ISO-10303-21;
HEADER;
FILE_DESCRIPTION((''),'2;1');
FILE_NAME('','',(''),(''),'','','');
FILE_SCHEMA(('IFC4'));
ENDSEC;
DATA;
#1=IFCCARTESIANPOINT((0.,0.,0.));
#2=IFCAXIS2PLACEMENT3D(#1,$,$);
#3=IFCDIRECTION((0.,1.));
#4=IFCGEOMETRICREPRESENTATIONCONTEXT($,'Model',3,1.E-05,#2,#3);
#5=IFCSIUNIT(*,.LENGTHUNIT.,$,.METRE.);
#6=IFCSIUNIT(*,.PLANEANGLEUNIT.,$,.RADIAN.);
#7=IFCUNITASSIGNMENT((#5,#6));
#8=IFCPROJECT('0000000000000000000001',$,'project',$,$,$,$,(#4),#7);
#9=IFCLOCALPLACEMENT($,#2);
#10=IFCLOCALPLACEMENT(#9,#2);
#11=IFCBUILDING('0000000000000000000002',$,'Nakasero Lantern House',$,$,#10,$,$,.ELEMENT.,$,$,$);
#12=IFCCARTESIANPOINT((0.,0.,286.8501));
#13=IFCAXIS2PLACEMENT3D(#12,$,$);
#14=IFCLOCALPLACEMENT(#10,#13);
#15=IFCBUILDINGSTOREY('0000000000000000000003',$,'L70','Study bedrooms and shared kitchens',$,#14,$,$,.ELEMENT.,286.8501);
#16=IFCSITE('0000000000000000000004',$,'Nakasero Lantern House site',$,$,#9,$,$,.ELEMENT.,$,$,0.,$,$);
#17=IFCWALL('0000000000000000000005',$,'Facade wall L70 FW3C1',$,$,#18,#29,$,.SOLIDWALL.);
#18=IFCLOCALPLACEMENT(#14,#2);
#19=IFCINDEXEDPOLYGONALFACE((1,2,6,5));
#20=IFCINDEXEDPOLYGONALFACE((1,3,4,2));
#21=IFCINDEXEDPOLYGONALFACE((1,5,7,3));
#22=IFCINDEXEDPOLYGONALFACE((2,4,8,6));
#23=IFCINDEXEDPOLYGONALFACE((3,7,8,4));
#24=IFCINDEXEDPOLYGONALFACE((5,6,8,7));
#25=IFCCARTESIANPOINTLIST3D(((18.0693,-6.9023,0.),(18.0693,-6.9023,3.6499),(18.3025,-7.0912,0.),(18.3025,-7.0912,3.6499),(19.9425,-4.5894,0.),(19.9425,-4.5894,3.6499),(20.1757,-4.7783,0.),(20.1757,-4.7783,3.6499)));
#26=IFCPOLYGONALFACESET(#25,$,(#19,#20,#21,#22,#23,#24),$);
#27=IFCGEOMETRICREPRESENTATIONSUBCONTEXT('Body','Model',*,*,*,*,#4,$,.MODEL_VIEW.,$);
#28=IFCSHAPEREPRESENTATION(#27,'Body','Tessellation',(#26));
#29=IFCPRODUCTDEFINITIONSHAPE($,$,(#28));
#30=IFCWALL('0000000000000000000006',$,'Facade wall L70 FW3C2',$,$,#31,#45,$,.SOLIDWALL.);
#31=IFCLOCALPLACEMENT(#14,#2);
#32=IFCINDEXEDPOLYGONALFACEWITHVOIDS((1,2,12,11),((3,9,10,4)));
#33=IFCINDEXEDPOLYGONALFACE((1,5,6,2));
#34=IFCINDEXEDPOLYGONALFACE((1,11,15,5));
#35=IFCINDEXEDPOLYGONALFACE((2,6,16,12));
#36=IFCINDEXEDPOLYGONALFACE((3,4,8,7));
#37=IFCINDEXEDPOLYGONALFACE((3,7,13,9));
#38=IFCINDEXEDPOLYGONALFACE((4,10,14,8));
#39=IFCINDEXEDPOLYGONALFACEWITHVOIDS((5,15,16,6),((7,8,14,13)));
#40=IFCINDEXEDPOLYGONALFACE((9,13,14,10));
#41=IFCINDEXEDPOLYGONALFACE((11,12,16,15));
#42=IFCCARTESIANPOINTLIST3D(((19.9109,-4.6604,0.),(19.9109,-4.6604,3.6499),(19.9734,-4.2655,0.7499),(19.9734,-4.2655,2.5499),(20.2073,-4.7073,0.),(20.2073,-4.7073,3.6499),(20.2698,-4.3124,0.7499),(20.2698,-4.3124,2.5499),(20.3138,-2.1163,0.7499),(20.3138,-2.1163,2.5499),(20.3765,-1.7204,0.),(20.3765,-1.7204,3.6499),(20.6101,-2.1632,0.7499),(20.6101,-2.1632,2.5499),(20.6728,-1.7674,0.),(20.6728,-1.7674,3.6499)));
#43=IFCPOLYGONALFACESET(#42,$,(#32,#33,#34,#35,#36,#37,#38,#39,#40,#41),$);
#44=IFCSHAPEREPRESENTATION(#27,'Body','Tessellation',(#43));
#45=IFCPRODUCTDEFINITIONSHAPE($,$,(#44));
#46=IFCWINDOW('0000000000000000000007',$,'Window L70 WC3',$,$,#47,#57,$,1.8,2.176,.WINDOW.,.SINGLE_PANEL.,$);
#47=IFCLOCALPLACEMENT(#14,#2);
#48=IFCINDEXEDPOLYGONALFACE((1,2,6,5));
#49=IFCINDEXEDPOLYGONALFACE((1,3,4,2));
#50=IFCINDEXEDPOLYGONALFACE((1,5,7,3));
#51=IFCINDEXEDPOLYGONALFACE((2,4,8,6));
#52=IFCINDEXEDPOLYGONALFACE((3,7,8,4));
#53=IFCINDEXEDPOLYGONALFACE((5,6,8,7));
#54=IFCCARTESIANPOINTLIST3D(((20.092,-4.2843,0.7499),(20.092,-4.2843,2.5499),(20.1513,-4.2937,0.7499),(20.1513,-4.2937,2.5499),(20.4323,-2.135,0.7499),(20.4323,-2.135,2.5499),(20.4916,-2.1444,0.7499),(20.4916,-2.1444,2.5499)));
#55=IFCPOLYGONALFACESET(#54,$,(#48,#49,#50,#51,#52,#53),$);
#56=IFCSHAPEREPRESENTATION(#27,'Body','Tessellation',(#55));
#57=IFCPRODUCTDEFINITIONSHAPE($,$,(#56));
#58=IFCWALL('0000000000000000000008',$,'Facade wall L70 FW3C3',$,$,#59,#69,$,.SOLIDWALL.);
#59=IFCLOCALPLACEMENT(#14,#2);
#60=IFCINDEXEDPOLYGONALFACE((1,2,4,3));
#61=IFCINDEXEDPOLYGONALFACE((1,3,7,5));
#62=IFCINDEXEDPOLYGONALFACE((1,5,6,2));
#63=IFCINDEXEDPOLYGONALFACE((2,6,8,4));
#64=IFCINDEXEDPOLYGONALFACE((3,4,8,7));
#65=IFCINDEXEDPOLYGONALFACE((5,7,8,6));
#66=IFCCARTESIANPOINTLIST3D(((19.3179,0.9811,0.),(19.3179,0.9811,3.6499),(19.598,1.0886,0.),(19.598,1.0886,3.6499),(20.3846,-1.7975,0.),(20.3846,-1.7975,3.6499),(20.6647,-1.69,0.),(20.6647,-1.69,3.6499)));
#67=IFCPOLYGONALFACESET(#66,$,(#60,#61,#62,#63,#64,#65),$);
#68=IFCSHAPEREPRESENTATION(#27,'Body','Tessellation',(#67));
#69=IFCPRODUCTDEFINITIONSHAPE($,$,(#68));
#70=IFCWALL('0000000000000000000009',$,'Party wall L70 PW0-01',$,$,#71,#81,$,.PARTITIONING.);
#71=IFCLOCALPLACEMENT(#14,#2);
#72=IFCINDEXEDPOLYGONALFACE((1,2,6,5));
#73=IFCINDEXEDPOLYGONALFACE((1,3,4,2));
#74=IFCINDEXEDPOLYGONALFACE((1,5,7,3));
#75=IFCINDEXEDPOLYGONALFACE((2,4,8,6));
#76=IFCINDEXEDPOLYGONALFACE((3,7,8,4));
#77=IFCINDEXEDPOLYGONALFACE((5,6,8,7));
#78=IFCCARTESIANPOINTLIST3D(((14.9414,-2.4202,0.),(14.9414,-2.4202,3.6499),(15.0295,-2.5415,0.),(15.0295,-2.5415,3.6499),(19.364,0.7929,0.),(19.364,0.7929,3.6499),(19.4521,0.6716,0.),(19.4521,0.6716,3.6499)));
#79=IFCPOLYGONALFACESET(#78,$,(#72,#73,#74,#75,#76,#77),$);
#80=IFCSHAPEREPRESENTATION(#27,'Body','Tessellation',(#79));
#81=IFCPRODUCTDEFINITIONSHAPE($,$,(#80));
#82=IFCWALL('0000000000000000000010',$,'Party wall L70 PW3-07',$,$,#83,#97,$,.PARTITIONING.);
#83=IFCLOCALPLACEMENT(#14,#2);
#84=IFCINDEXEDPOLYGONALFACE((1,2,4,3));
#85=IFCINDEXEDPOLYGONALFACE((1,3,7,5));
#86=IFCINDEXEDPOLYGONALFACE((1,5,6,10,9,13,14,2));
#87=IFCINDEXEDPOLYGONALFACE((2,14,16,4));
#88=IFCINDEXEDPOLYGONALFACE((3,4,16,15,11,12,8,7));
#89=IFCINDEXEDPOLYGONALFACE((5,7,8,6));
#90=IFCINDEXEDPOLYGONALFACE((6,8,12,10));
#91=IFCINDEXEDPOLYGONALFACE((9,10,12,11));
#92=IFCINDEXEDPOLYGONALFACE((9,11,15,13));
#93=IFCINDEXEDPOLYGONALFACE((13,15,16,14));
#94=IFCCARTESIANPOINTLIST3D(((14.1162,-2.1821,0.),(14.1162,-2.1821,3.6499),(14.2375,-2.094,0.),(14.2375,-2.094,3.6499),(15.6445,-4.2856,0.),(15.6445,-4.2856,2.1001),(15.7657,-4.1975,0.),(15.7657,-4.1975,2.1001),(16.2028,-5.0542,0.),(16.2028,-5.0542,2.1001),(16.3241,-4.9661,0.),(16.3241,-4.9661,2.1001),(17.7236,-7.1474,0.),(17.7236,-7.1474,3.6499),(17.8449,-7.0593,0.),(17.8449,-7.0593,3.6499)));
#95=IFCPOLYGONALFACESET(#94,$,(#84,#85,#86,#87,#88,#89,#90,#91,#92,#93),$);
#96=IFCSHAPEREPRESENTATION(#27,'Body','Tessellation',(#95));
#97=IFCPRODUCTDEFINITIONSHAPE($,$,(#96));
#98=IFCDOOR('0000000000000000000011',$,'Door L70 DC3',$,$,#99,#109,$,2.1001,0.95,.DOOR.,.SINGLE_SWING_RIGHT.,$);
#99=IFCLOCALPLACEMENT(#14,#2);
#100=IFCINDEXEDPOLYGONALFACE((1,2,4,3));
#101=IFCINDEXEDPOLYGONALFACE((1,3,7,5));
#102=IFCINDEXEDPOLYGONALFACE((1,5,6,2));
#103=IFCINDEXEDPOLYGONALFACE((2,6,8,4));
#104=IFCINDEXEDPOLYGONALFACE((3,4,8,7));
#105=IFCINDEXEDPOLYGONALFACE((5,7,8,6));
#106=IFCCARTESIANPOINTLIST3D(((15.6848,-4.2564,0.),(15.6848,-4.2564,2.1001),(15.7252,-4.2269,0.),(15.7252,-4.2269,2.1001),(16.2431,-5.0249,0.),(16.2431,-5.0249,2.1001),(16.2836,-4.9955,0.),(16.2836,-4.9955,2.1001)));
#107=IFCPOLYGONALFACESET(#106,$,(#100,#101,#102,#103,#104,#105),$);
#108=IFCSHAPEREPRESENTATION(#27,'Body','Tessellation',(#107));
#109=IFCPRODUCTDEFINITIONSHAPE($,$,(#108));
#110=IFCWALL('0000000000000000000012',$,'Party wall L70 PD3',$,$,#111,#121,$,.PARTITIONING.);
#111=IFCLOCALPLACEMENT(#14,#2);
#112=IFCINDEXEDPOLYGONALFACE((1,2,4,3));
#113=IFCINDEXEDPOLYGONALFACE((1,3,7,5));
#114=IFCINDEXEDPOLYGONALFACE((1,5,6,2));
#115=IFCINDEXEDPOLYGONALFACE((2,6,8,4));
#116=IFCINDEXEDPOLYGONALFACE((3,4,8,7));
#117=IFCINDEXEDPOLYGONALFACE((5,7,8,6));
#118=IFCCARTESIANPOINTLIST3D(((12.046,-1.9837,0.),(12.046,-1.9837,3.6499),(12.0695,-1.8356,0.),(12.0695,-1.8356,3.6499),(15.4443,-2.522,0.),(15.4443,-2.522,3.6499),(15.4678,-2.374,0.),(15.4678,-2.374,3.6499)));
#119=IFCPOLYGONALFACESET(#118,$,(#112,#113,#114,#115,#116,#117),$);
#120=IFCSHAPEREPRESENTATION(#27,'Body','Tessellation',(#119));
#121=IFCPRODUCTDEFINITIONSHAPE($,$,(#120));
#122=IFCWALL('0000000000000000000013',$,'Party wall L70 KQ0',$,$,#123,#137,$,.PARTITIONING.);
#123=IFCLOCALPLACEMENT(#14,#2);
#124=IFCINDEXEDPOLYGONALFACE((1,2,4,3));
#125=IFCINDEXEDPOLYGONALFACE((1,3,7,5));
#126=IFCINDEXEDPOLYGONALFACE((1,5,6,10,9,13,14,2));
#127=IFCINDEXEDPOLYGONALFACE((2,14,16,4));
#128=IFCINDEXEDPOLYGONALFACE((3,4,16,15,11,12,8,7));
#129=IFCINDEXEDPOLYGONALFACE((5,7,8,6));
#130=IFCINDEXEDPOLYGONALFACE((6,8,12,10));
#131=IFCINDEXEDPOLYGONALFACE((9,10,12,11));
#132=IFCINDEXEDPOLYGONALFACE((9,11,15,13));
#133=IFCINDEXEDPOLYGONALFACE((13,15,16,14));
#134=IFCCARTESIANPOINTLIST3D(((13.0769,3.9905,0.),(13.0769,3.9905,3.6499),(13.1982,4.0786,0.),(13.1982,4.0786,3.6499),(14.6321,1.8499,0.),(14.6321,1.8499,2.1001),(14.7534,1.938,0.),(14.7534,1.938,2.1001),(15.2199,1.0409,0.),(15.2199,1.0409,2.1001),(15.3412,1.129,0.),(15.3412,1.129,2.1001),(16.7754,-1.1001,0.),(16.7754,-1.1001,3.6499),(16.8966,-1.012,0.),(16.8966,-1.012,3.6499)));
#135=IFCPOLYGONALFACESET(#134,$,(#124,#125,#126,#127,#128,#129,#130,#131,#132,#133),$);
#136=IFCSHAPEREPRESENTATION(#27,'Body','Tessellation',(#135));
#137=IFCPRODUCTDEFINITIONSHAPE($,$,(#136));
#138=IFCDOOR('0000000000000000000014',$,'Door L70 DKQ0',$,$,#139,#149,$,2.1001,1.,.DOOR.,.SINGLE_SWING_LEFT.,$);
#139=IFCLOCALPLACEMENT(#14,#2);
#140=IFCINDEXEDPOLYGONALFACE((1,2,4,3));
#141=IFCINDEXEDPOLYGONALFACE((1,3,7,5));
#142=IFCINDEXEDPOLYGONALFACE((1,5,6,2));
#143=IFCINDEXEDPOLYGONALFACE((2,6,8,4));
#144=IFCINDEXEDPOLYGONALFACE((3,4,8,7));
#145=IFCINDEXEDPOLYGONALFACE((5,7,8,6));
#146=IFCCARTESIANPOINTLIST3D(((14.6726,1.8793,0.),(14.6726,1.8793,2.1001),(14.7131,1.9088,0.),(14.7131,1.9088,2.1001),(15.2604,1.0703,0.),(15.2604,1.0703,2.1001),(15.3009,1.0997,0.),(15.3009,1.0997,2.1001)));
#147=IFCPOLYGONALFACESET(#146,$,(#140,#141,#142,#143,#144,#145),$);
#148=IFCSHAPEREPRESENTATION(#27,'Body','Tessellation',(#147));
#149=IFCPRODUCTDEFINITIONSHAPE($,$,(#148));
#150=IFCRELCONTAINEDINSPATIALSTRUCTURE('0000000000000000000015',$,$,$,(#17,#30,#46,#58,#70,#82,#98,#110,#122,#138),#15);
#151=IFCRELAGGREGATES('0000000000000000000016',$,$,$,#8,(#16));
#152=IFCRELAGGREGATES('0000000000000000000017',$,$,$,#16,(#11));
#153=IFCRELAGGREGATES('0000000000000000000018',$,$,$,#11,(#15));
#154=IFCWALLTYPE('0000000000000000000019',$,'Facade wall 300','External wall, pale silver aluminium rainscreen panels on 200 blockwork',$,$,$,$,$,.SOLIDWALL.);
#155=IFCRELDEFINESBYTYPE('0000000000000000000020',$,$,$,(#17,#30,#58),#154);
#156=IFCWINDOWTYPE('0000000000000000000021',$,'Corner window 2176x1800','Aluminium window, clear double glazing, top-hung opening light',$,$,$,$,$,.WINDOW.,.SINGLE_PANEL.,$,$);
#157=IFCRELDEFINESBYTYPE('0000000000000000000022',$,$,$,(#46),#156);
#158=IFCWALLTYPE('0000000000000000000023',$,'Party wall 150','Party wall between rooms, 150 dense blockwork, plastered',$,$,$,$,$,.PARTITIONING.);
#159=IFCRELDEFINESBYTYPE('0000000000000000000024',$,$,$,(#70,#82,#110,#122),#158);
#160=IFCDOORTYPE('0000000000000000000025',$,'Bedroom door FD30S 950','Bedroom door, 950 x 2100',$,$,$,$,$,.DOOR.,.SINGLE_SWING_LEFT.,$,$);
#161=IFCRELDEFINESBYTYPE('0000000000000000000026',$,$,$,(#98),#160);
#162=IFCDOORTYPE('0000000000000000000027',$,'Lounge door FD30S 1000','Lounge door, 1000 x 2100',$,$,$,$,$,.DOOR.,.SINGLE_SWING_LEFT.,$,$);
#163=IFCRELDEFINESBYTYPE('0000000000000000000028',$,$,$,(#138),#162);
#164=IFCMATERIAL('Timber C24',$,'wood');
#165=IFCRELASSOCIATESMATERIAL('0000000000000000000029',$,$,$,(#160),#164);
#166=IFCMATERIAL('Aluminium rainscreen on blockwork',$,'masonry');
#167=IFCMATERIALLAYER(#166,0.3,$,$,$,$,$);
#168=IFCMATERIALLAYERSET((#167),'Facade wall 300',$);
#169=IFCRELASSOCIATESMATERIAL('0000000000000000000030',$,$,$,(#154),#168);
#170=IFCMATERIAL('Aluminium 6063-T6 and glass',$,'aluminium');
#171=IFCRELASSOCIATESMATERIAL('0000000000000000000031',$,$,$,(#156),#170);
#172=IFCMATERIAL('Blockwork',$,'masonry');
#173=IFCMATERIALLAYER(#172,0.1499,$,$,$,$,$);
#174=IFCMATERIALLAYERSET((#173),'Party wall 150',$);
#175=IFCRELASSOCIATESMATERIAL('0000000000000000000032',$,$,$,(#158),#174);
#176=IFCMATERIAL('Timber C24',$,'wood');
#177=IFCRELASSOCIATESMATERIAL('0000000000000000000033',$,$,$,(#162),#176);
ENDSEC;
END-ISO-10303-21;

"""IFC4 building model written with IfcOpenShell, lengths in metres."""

from ifc_helpers import new_model, si_unit, direction, frame, frame_2d, origin, place, context, subcontext, project, spatial, rectangle, extrude, material, layer, layer_set, type_object, element, fill, save


model = new_model("IFC4")

# Units and contexts
model_context = context("Model", 3, precision=1e-05, world=origin(), true_north=direction((0.0, 1.0)))
body_context = subcontext(model_context, "Body", "Model", "MODEL_VIEW")
ifc_project = project(units=[si_unit("LENGTHUNIT", "METRE"), si_unit("PLANEANGLEUNIT", "RADIAN")], contexts=[model_context])

# Site, building, storey
site_placement = place(None, origin())
site = spatial("IfcSite", under=ifc_project, at=site_placement, Name="Nakasero Lantern House site", CompositionType="ELEMENT", RefElevation=0.0)
building_placement = place(site_placement, origin())
building = spatial("IfcBuilding", under=site, at=building_placement, Name="Nakasero Lantern House", CompositionType="ELEMENT")
storey_placement = place(building_placement, frame((0.0, 0.0, 286.8501)))
storey = spatial("IfcBuildingStorey", under=building, at=storey_placement, Name="L70", Description="Study bedrooms and shared kitchens", CompositionType="ELEMENT", Elevation=286.8501)

# Shared definitions
ifc_material_1 = material(Name="Timber C24", Category="wood")
door_type_1 = type_object("IfcDoorType", Name="Bedroom door FD30S 950", Description="Bedroom door, 950 x 2100", OperationType="SINGLE_SWING_LEFT", PredefinedType="DOOR", material=ifc_material_1)

# Wall
ifc_material_2 = material(Name="Aluminium rainscreen on blockwork", Category="masonry")
ifc_layer_1 = layer(ifc_material_2, 0.3)
ifc_layer_set_1 = layer_set([ifc_layer_1], Name="Facade wall 300")
wall_type_1 = type_object("IfcWallType", Name="Facade wall 300", Description="External wall, pale silver aluminium rainscreen panels on 200 blockwork", PredefinedType="SOLIDWALL", material=ifc_layer_set_1)
wall_1_placement = place(storey_placement, frame((18.1858, -6.9968, 0.0), z_axis=(0.0, 0.0, 1.0), x_axis=(0.629375, 0.777102, 0.0)))
element("IfcWall", 1, at=wall_1_placement, inside=storey, type_object=wall_type_1, Name="Facade wall L70 FW3C1", PredefinedType="SOLIDWALL", context=body_context, shape_type="SweptSolid", body=[
    extrude(rectangle(XDim=2.9763, YDim=0.3, at=frame_2d((1.4883, 0.0))), origin(), (0.0, 0.0, 1.0), 3.6499),
])

# Wall, opening, window
wall_2_placement = place(storey_placement, frame((20.0591, -4.6838, 0.0), z_axis=(0.0, 0.0, 1.0), x_axis=(0.156413, 0.987692, 0.0)))
wall_2 = element("IfcWall", 2, at=wall_2_placement, inside=storey, type_object=wall_type_1, Name="Facade wall L70 FW3C2", PredefinedType="SOLIDWALL", context=body_context, shape_type="SweptSolid", body=[
    extrude(rectangle(XDim=2.9766, YDim=0.3, at=frame_2d((1.4883, 0.0))), origin(), (0.0, 0.0, 1.0), 3.6499),
])
opening_1_placement = place(wall_2_placement, frame((0.3999, 0.0, 0.75)))
opening_1 = element("IfcOpeningElement", 3, at=opening_1_placement, cuts=wall_2, PredefinedType="OPENING", context=body_context, shape_type="SweptSolid", body=[
    extrude(rectangle(XDim=2.176, YDim=1.8, at=frame_2d((1.0879, 0.8999))), frame((0.0, 0.1699, 0.0), z_axis=(0.0, -1.0, 0.0), x_axis=(1.0, 0.0, 0.0)), (0.0, 0.0, 1.0), 0.3401),
])
ifc_material_3 = material(Name="Aluminium 6063-T6 and glass", Category="aluminium")
window_type = type_object("IfcWindowType", Name="Corner window 2176x1800", Description="Aluminium window, clear double glazing, top-hung opening light", PartitioningType="SINGLE_PANEL", PredefinedType="WINDOW", material=ifc_material_3)
window_placement = place(opening_1_placement, origin())
window = element("IfcWindow", 4, at=window_placement, inside=storey, type_object=window_type, Name="Window L70 WC3", OverallHeight=1.8, OverallWidth=2.176, PartitioningType="SINGLE_PANEL", PredefinedType="WINDOW", context=body_context, shape_type="SweptSolid", body=[
    extrude(rectangle(XDim=2.176, YDim=1.8, at=frame_2d((1.0879, 0.8999))), frame((0.0, 0.03, 0.0), z_axis=(0.0, -1.0, 0.0), x_axis=(1.0, 0.0, 0.0)), (0.0, 0.0, 1.0), 0.0601),
])
fill(opening_1, window)

# Walls
wall_3_placement = place(storey_placement, frame((20.5247, -1.7439, 0.0), z_axis=(0.0, 0.0, 1.0), x_axis=(-0.358385, 0.933574, 0.0)))
element("IfcWall", 5, at=wall_3_placement, inside=storey, type_object=wall_type_1, Name="Facade wall L70 FW3C3", PredefinedType="SOLIDWALL", context=body_context, shape_type="SweptSolid", body=[
    extrude(rectangle(XDim=2.9763, YDim=0.3, at=frame_2d((1.4883, 0.0))), origin(), (0.0, 0.0, 1.0), 3.6499),
])
ifc_material_4 = material(Name="Blockwork", Category="masonry")
ifc_layer_2 = layer(ifc_material_4, 0.1499)
ifc_layer_set_2 = layer_set([ifc_layer_2], Name="Party wall 150")
wall_type_2 = type_object("IfcWallType", Name="Party wall 150", Description="Party wall between rooms, 150 dense blockwork, plastered", PredefinedType="PARTITIONING", material=ifc_layer_set_2)
wall_4_placement = place(storey_placement, frame((14.9854, -2.481, 0.0), z_axis=(0.0, 0.0, 1.0), x_axis=(0.809024, 0.587776, 0.0)))
element("IfcWall", 6, at=wall_4_placement, inside=storey, type_object=wall_type_2, Name="Party wall L70 PW0-01", PredefinedType="PARTITIONING", context=body_context, shape_type="SweptSolid", body=[
    extrude(rectangle(XDim=5.4666, YDim=0.1499, at=frame_2d((2.7334, 0.0))), origin(), (0.0, 0.0, 1.0), 3.6499),
])

# Wall, opening, door
wall_5_placement = place(storey_placement, frame((14.1768, -2.1379, 0.0), z_axis=(0.0, 0.0, 1.0), x_axis=(0.587774, -0.809025, 0.0)))
wall_5 = element("IfcWall", 7, at=wall_5_placement, inside=storey, type_object=wall_type_2, Name="Party wall L70 PW3-07", PredefinedType="PARTITIONING", context=body_context, shape_type="SweptSolid", body=[
    extrude(rectangle(XDim=6.1375, YDim=0.1499, at=frame_2d((3.0688, 0.0))), origin(), (0.0, 0.0, 1.0), 3.6499),
])
opening_2_placement = place(wall_5_placement, frame((2.6001, 0.0, 0.0)))
opening_2 = element("IfcOpeningElement", 8, at=opening_2_placement, cuts=wall_5, PredefinedType="OPENING", context=body_context, shape_type="SweptSolid", body=[
    extrude(rectangle(XDim=0.95, YDim=2.1001, at=frame_2d((0.4751, 1.05))), frame((0.0, 0.095, 0.0), z_axis=(0.0, -1.0, 0.0), x_axis=(1.0, 0.0, 0.0)), (0.0, 0.0, 1.0), 0.1899),
])
door_1_placement = place(opening_2_placement, origin())
door_1 = element("IfcDoor", 9, at=door_1_placement, inside=storey, type_object=door_type_1, Name="Door L70 DC3", OperationType="SINGLE_SWING_RIGHT", OverallHeight=2.1001, OverallWidth=0.95, PredefinedType="DOOR", context=body_context, shape_type="SweptSolid", body=[
    extrude(rectangle(XDim=0.95, YDim=2.1001, at=frame_2d((0.4751, 1.05))), frame((0.0, 0.0249, 0.0), z_axis=(0.0, -1.0, 0.0), x_axis=(1.0, 0.0, 0.0)), (0.0, 0.0, 1.0), 0.05),
])
fill(opening_2, door_1)

# Wall
wall_6_placement = place(storey_placement, frame((12.0579, -1.9097, 0.0), z_axis=(0.0, 0.0, 1.0), x_axis=(0.987683, -0.156465, 0.0)))
element("IfcWall", 10, at=wall_6_placement, inside=storey, type_object=wall_type_2, Name="Party wall L70 PD3", PredefinedType="PARTITIONING", context=body_context, shape_type="SweptSolid", body=[
    extrude(rectangle(XDim=3.4407, YDim=0.1499, at=frame_2d((1.7202, 0.0))), origin(), (0.0, 0.0, 1.0), 3.6499),
])

# Wall, opening, door
wall_7_placement = place(storey_placement, frame((16.8359, -1.0559, 0.0), z_axis=(0.0, 0.0, 1.0), x_axis=(-0.587782, 0.80902, 0.0)))
wall_7 = element("IfcWall", 11, at=wall_7_placement, inside=storey, type_object=wall_type_2, Name="Party wall L70 KQ0", PredefinedType="PARTITIONING", context=body_context, shape_type="SweptSolid", body=[
    extrude(rectangle(XDim=6.2922, YDim=0.1499, at=frame_2d((3.146, 0.0))), origin(), (0.0, 0.0, 1.0), 3.6499),
])
opening_3_placement = place(wall_7_placement, frame((2.6462, 0.0, 0.0)))
opening_3 = element("IfcOpeningElement", 12, at=opening_3_placement, cuts=wall_7, PredefinedType="OPENING", context=body_context, shape_type="SweptSolid", body=[
    extrude(rectangle(XDim=1.0, YDim=2.1001, at=frame_2d((0.5, 1.05))), frame((0.0, 0.095, 0.0), z_axis=(0.0, -1.0, 0.0), x_axis=(1.0, 0.0, 0.0)), (0.0, 0.0, 1.0), 0.1899),
])
ifc_material_5 = material(Name="Timber C24", Category="wood")
door_type_2 = type_object("IfcDoorType", Name="Lounge door FD30S 1000", Description="Lounge door, 1000 x 2100", OperationType="SINGLE_SWING_LEFT", PredefinedType="DOOR", material=ifc_material_5)
door_2_placement = place(opening_3_placement, origin())
door_2 = element("IfcDoor", 13, at=door_2_placement, inside=storey, type_object=door_type_2, Name="Door L70 DKQ0", OperationType="SINGLE_SWING_LEFT", OverallHeight=2.1001, OverallWidth=1.0, PredefinedType="DOOR", context=body_context, shape_type="SweptSolid", body=[
    extrude(rectangle(XDim=1.0, YDim=2.1001, at=frame_2d((0.5, 1.05))), frame((0.0, 0.0249, 0.0), z_axis=(0.0, -1.0, 0.0), x_axis=(1.0, 0.0, 0.0)), (0.0, 0.0, 1.0), 0.05),
])
fill(opening_3, door_2)

save(model, "model.ifc")
